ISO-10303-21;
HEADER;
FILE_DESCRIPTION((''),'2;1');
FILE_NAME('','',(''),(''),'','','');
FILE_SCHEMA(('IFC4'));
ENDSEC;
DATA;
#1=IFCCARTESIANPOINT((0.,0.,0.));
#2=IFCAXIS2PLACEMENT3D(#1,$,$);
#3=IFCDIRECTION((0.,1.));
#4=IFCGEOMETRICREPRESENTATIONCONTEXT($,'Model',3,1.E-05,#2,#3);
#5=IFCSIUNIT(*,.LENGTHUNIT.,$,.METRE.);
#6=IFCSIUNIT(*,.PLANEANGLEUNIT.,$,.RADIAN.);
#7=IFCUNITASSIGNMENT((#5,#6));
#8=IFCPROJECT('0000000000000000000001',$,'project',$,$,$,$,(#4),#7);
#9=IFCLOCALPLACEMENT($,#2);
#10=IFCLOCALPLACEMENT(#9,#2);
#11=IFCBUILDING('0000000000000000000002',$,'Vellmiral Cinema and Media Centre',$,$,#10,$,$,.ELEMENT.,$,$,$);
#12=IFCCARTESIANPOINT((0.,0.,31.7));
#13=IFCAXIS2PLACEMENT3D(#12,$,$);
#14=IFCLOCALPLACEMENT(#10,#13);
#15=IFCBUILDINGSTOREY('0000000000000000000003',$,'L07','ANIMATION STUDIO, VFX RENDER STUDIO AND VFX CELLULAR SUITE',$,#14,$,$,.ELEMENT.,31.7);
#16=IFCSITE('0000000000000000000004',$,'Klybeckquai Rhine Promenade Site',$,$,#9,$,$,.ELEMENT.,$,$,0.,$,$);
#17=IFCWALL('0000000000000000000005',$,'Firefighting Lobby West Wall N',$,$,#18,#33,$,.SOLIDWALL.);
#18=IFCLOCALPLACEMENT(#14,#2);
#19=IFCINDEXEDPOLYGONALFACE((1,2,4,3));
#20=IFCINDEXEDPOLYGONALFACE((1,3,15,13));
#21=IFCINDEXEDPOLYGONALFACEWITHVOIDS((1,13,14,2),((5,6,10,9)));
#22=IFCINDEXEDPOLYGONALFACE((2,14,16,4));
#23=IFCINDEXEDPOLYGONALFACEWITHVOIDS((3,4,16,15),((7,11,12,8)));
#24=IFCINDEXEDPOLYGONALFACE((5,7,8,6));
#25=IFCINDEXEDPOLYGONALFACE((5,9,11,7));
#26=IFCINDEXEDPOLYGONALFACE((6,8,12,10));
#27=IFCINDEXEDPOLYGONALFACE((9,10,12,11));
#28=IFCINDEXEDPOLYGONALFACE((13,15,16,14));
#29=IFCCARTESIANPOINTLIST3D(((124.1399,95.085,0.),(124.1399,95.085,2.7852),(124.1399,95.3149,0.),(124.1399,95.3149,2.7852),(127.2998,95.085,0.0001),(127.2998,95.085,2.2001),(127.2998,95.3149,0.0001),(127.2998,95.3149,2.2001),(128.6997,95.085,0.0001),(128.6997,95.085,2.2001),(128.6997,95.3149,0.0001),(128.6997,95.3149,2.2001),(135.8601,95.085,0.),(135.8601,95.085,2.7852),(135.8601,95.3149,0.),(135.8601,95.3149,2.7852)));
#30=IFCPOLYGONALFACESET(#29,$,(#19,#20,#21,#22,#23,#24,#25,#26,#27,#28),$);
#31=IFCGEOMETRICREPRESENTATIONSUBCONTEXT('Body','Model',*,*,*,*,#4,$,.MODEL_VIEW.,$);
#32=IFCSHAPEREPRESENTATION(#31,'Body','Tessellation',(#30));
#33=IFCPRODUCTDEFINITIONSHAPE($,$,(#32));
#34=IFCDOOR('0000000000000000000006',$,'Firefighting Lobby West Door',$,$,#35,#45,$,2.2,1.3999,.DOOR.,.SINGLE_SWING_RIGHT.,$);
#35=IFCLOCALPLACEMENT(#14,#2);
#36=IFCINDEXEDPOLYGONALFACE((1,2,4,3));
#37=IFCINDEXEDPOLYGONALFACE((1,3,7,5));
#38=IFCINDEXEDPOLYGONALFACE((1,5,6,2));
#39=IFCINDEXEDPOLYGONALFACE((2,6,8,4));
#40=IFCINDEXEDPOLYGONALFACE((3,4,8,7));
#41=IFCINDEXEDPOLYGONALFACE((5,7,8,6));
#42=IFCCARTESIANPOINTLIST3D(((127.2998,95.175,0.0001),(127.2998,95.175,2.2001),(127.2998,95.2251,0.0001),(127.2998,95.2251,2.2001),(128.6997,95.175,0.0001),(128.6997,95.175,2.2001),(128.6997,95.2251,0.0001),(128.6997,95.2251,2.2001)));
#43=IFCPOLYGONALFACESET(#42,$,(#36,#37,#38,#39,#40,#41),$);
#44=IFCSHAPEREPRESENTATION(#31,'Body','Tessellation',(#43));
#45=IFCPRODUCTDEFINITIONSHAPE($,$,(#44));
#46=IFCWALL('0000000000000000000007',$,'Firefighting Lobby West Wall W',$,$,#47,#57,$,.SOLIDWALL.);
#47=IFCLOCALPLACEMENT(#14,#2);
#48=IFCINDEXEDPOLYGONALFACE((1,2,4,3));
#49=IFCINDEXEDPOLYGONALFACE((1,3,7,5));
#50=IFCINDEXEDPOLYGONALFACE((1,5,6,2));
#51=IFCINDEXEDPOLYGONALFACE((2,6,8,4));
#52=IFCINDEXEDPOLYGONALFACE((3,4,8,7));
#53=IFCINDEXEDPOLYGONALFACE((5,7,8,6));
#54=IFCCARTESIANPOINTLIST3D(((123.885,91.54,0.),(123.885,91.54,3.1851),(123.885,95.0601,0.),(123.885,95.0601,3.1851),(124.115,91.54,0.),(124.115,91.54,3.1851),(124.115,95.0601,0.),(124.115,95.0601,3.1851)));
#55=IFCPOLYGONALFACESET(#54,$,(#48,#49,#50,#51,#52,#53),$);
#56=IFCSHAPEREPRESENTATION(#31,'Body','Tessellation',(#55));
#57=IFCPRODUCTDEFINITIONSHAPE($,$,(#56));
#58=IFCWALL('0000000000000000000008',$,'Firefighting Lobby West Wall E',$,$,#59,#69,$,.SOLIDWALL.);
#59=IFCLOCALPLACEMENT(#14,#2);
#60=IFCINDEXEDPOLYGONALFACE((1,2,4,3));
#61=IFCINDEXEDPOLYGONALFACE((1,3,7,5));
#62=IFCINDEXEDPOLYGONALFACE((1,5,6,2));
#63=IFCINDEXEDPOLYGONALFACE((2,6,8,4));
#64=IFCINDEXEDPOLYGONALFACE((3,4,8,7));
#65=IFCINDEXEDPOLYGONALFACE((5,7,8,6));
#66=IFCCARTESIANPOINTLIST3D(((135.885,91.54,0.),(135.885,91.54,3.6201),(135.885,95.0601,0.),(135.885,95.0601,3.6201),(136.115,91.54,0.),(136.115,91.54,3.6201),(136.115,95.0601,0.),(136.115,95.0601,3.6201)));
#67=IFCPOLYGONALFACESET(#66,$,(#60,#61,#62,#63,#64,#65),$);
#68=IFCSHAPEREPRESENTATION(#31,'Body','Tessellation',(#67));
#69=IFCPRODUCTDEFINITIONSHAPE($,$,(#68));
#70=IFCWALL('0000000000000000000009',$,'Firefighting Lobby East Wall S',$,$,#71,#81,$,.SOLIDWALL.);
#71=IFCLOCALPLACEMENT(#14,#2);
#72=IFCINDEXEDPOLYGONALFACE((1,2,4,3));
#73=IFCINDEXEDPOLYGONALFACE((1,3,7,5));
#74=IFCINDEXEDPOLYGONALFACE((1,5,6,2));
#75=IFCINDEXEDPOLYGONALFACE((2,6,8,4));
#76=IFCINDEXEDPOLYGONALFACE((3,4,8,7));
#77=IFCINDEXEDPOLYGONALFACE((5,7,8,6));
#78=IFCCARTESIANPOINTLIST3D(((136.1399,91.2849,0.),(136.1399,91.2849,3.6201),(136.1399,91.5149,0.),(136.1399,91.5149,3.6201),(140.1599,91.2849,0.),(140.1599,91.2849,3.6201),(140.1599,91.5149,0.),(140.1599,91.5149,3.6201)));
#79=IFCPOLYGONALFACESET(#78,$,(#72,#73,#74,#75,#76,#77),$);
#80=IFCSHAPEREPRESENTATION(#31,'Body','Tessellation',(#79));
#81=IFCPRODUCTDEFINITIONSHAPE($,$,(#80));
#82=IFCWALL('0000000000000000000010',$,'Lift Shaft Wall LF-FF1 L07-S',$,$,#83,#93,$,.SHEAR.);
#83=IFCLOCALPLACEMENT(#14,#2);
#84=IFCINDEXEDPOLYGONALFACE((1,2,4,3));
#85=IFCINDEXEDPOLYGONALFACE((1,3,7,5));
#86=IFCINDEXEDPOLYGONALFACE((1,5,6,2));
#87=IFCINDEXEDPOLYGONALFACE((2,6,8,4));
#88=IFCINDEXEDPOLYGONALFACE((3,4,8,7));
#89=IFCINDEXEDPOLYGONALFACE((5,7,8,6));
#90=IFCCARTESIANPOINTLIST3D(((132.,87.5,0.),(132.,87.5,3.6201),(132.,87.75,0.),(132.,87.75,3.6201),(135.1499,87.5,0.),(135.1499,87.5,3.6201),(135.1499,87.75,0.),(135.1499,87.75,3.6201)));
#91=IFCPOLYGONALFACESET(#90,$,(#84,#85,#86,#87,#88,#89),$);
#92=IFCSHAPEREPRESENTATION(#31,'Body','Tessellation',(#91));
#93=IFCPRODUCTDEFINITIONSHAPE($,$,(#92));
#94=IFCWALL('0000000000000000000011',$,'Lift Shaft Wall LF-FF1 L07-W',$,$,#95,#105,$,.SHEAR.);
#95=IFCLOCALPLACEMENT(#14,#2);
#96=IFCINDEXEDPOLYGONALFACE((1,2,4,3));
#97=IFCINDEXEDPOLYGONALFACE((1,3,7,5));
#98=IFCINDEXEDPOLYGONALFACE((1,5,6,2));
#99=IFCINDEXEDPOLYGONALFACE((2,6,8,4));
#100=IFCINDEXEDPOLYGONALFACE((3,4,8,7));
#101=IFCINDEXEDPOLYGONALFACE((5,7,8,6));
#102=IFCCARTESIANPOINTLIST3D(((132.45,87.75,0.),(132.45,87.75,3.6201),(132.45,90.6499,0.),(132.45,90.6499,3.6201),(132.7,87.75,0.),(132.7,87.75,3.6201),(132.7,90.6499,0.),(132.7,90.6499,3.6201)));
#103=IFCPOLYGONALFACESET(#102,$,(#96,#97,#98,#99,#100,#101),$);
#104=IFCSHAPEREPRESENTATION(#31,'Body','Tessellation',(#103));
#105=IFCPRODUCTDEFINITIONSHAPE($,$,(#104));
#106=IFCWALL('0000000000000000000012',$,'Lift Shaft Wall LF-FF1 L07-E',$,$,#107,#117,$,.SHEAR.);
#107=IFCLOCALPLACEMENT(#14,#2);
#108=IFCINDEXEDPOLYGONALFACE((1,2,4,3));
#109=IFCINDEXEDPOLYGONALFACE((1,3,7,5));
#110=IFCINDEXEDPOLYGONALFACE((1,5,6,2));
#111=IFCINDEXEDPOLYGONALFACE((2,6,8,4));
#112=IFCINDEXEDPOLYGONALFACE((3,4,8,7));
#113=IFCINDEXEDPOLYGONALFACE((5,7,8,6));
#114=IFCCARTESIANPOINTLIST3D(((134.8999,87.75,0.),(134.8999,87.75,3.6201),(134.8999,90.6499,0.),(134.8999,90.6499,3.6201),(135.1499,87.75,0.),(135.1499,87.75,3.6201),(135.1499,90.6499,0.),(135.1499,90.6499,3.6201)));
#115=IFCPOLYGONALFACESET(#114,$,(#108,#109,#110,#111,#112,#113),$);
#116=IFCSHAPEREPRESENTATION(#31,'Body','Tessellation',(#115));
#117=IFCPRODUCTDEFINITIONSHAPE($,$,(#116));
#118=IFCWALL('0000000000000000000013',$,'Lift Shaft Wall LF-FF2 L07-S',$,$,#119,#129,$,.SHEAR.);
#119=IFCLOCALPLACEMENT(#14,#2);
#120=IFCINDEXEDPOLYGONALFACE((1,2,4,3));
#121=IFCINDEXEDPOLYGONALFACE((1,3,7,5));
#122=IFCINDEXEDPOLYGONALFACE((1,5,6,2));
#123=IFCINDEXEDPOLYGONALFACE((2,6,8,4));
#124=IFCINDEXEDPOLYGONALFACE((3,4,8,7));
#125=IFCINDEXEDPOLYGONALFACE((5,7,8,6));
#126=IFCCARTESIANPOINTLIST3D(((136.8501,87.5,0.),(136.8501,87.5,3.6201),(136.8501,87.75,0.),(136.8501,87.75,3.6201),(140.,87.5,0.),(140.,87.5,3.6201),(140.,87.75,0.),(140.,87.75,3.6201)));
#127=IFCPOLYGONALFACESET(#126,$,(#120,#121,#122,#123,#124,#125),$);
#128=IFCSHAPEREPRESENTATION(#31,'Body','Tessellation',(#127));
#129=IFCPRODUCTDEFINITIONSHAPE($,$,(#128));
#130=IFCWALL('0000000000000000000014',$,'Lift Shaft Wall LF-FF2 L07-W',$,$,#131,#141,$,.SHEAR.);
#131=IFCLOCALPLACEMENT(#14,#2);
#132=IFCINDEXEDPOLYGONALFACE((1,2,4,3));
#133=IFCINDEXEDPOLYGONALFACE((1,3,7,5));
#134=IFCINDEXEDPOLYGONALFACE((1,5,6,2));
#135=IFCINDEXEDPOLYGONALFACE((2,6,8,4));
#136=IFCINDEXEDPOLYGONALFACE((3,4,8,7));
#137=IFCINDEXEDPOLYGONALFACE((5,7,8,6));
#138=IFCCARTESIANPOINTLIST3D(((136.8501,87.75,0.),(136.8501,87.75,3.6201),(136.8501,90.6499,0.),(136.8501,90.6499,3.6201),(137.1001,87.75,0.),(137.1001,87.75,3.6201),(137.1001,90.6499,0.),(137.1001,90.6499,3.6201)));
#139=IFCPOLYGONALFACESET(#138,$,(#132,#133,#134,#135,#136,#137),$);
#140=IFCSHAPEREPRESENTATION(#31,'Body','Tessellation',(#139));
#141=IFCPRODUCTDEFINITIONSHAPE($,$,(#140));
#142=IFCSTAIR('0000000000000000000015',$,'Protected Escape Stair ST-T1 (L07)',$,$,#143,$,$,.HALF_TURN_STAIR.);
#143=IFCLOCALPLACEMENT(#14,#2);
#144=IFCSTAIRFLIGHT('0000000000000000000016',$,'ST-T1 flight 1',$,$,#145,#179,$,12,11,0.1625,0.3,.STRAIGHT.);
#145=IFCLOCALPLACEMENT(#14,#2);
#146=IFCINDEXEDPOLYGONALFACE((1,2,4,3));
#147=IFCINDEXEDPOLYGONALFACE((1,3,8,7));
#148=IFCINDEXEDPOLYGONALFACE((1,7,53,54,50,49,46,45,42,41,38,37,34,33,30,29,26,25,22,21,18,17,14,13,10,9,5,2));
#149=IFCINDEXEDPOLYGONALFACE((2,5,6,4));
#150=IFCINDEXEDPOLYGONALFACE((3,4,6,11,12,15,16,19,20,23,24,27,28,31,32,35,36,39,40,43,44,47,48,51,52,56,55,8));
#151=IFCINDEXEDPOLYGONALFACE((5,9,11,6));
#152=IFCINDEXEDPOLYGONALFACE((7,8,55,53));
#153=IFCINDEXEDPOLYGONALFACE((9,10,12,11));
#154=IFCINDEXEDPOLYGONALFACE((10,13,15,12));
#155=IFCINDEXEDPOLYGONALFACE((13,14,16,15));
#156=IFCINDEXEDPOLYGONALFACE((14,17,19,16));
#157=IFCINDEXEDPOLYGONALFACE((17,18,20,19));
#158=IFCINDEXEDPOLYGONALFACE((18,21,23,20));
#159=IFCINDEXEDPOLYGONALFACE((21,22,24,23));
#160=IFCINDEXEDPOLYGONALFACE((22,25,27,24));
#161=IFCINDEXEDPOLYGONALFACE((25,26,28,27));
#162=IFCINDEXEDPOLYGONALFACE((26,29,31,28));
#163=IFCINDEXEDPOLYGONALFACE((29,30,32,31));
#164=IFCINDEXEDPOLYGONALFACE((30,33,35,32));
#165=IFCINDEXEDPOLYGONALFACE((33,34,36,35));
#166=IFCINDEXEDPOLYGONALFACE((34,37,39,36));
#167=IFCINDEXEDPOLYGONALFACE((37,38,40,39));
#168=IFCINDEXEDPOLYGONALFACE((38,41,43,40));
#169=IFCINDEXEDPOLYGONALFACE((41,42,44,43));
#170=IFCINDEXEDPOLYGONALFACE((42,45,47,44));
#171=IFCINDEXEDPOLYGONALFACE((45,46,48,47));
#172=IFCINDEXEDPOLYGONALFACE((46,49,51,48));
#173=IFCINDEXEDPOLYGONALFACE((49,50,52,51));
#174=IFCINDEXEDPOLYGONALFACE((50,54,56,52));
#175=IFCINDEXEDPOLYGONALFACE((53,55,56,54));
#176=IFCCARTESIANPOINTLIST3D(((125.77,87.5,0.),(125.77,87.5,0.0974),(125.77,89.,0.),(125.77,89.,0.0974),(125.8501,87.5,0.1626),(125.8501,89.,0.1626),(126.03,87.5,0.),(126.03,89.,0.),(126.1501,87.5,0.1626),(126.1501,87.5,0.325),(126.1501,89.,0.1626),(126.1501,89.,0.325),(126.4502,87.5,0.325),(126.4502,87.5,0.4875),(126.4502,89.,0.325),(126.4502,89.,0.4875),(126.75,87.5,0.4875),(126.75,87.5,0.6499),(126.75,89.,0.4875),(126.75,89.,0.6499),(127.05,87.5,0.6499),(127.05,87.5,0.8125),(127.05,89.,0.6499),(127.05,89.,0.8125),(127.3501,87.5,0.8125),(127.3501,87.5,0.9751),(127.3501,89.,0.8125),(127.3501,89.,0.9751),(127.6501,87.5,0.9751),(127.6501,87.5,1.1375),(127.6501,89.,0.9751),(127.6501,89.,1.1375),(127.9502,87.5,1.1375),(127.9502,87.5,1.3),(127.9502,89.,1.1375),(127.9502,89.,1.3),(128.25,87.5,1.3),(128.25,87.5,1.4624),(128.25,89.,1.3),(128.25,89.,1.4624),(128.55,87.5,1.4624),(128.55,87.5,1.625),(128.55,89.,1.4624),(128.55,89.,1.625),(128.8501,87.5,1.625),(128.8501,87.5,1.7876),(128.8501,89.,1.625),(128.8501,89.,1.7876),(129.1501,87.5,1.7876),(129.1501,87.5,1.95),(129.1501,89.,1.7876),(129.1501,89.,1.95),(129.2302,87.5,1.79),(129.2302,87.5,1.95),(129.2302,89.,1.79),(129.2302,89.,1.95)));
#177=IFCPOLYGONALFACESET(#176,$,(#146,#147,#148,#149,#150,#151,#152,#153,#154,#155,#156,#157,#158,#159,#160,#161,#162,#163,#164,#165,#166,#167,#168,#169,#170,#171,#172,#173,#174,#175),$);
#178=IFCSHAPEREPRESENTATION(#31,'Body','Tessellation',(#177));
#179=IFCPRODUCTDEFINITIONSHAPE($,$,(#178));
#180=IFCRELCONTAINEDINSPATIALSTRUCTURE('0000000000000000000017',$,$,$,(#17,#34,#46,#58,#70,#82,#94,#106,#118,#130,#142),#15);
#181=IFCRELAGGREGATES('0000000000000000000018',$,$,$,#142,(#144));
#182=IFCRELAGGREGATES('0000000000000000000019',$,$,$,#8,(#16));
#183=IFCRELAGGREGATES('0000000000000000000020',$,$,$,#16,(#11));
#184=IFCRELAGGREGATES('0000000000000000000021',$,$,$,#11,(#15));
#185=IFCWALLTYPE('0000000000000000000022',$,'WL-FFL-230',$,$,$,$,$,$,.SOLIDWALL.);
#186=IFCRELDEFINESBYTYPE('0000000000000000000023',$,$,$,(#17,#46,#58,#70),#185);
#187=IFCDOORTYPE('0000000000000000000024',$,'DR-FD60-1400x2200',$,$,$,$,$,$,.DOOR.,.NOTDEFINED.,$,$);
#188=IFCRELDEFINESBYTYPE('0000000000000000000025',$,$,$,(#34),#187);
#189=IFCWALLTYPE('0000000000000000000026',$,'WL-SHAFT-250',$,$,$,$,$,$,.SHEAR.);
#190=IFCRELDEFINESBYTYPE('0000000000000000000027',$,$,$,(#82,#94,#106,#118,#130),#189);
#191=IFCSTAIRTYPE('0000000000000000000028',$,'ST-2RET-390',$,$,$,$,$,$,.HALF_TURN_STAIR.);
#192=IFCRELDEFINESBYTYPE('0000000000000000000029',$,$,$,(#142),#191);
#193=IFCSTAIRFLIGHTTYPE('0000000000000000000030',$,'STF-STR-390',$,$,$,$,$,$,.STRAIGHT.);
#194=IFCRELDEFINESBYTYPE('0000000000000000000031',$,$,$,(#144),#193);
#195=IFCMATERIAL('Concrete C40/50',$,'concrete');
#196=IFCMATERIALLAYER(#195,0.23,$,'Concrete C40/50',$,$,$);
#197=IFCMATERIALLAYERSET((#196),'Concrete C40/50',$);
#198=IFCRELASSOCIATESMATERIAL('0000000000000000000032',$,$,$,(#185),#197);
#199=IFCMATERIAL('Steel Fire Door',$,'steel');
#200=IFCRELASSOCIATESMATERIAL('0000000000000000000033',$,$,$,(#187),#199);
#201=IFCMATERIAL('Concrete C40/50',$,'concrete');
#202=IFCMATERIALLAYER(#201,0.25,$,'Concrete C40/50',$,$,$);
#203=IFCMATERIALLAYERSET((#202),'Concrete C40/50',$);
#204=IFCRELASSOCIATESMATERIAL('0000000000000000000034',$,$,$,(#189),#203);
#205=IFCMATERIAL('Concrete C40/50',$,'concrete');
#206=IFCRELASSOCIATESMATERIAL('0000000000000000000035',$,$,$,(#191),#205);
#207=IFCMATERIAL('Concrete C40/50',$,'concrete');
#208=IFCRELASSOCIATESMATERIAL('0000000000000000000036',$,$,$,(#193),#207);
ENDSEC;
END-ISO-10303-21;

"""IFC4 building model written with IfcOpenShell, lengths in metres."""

from ifc_helpers import new_model, si_unit, direction, frame, frame_2d, origin, place, context, subcontext, project, spatial, polyline, rectangle, outline, extrude, material, layer, layer_set, type_object, element, fill, aggregate, save


model = new_model("IFC4")

# Units and contexts
model_context = context("Model", 3, precision=1e-05, world=origin(), true_north=direction((0.0, 1.0)))
body_context = subcontext(model_context, "Body", "Model", "MODEL_VIEW")
ifc_project = project(units=[si_unit("LENGTHUNIT", "METRE"), si_unit("PLANEANGLEUNIT", "RADIAN")], contexts=[model_context])

# Site, building, storey
site_placement = place(None, origin())
site = spatial("IfcSite", under=ifc_project, at=site_placement, Name="Klybeckquai Rhine Promenade Site", CompositionType="ELEMENT", RefElevation=0.0)
building_placement = place(site_placement, origin())
building = spatial("IfcBuilding", under=site, at=building_placement, Name="Vellmiral Cinema and Media Centre", CompositionType="ELEMENT")
storey_placement = place(building_placement, frame((0.0, 0.0, 31.7)))
storey = spatial("IfcBuildingStorey", under=building, at=storey_placement, Name="L07", Description="ANIMATION STUDIO, VFX RENDER STUDIO AND VFX CELLULAR SUITE", CompositionType="ELEMENT", Elevation=31.7)

# Shared definitions
ifc_material_1 = material(Name="Concrete C40/50", Category="concrete")
ifc_layer_1 = layer(ifc_material_1, 0.23, Name="Concrete C40/50")
ifc_layer_set_1 = layer_set([ifc_layer_1], Name="Concrete C40/50")
wall_type_1 = type_object("IfcWallType", Name="WL-FFL-230", PredefinedType="SOLIDWALL", material=ifc_layer_set_1)

# Wall, opening, door
wall_1_placement = place(storey_placement, frame((124.1399, 95.2, 0.0), z_axis=(0.0, 0.0, 1.0), x_axis=(1.0, 0.0, 0.0)))
wall_1 = element("IfcWall", 1, at=wall_1_placement, inside=storey, type_object=wall_type_1, Name="Firefighting Lobby West Wall N", PredefinedType="SOLIDWALL", context=body_context, shape_type="SweptSolid", body=[
    extrude(rectangle(XDim=11.7202, YDim=0.23, at=frame_2d((5.8601, 0.0))), origin(), (0.0, 0.0, 1.0), 2.7852),
])
opening_1_placement = place(wall_1_placement, frame((3.1599, 0.0, 0.0)))
opening_1 = element("IfcOpeningElement", 2, at=opening_1_placement, cuts=wall_1, PredefinedType="OPENING", context=body_context, shape_type="SweptSolid", body=[
    extrude(rectangle(XDim=1.3999, YDim=2.2, at=frame_2d((0.7, 1.1001))), frame((0.0, 0.127, 0.0), z_axis=(0.0, -1.0, 0.0), x_axis=(1.0, 0.0, 0.0)), (0.0, 0.0, 1.0), 0.2539),
])
ifc_material_2 = material(Name="Steel Fire Door", Category="steel")
door_type_1 = type_object("IfcDoorType", Name="DR-FD60-1400x2200", OperationType="NOTDEFINED", PredefinedType="DOOR", material=ifc_material_2)
door_1_placement = place(opening_1_placement, frame((1.3999, 0.0, 0.0), z_axis=(0.0, 0.0, 1.0), x_axis=(-1.0, 0.0, 0.0)))
door_1 = element("IfcDoor", 3, at=door_1_placement, inside=storey, type_object=door_type_1, Name="Firefighting Lobby West Door", OperationType="SINGLE_SWING_RIGHT", OverallHeight=2.2, OverallWidth=1.3999, PredefinedType="DOOR", context=body_context, shape_type="SweptSolid", body=[
    extrude(rectangle(XDim=1.3999, YDim=2.2, at=frame_2d((0.7, 1.1001))), frame((0.0, 0.0249, 0.0), z_axis=(0.0, -1.0, 0.0), x_axis=(1.0, 0.0, 0.0)), (0.0, 0.0, 1.0), 0.05),
])
fill(opening_1, door_1)

# Walls
wall_2_placement = place(storey_placement, frame((124.0, 91.54, 0.0), z_axis=(0.0, 0.0, 1.0), x_axis=(0.0, 1.0, 0.0)))
element("IfcWall", 4, at=wall_2_placement, inside=storey, type_object=wall_type_1, Name="Firefighting Lobby West Wall W", PredefinedType="SOLIDWALL", context=body_context, shape_type="SweptSolid", body=[
    extrude(rectangle(XDim=3.52, YDim=0.23, at=frame_2d((1.76, 0.0))), origin(), (0.0, 0.0, 1.0), 3.1851),
])
wall_3_placement = place(storey_placement, frame((136.0, 91.54, 0.0), z_axis=(0.0, 0.0, 1.0), x_axis=(0.0, 1.0, 0.0)))
element("IfcWall", 5, at=wall_3_placement, inside=storey, type_object=wall_type_1, Name="Firefighting Lobby West Wall E", PredefinedType="SOLIDWALL", context=body_context, shape_type="SweptSolid", body=[
    extrude(rectangle(XDim=3.52, YDim=0.23, at=frame_2d((1.76, 0.0))), origin(), (0.0, 0.0, 1.0), 3.6201),
])
wall_4_placement = place(storey_placement, frame((136.1399, 91.3999, 0.0), z_axis=(0.0, 0.0, 1.0), x_axis=(1.0, 0.0, 0.0)))
element("IfcWall", 6, at=wall_4_placement, inside=storey, type_object=wall_type_1, Name="Firefighting Lobby East Wall S", PredefinedType="SOLIDWALL", context=body_context, shape_type="SweptSolid", body=[
    extrude(rectangle(XDim=4.02, YDim=0.23, at=frame_2d((2.01, 0.0))), origin(), (0.0, 0.0, 1.0), 3.6201),
])
ifc_material_3 = material(Name="Concrete C40/50", Category="concrete")
ifc_layer_2 = layer(ifc_material_3, 0.25, Name="Concrete C40/50")
ifc_layer_set_2 = layer_set([ifc_layer_2], Name="Concrete C40/50")
wall_type_2 = type_object("IfcWallType", Name="WL-SHAFT-250", PredefinedType="SHEAR", material=ifc_layer_set_2)
wall_5_placement = place(storey_placement, frame((132.0, 87.625, 0.0), z_axis=(0.0, 0.0, 1.0), x_axis=(1.0, 0.0, 0.0)))
element("IfcWall", 7, at=wall_5_placement, inside=storey, type_object=wall_type_2, Name="Lift Shaft Wall LF-FF1 L07-S", PredefinedType="SHEAR", context=body_context, shape_type="SweptSolid", body=[
    extrude(rectangle(XDim=3.1499, YDim=0.25, at=frame_2d((1.575, 0.0))), origin(), (0.0, 0.0, 1.0), 3.6201),
])

# Walls
for number, where, z_axis, x_axis, name in (
    (8, (132.575, 87.75, 0.0), (0.0, 0.0, 1.0), (0.0, 1.0, 0.0), "Lift Shaft Wall LF-FF1 L07-W"),
    (9, (135.0249, 87.75, 0.0), (0.0, 0.0, 1.0), (0.0, 1.0, 0.0), "Lift Shaft Wall LF-FF1 L07-E"),
):
    element("IfcWall", number, at=place(storey_placement, frame(where, z_axis=z_axis, x_axis=x_axis)), inside=storey, type_object=wall_type_2, Name=name, PredefinedType="SHEAR", context=body_context, shape_type="SweptSolid", body=[
        extrude(rectangle(XDim=2.8999, YDim=0.25, at=frame_2d((1.45, 0.0))), origin(), (0.0, 0.0, 1.0), 3.6201),
    ])
wall_6_placement = place(storey_placement, frame((136.8501, 87.625, 0.0), z_axis=(0.0, 0.0, 1.0), x_axis=(1.0, 0.0, 0.0)))
element("IfcWall", 10, at=wall_6_placement, inside=storey, type_object=wall_type_2, Name="Lift Shaft Wall LF-FF2 L07-S", PredefinedType="SHEAR", context=body_context, shape_type="SweptSolid", body=[
    extrude(rectangle(XDim=3.1499, YDim=0.25, at=frame_2d((1.575, 0.0))), origin(), (0.0, 0.0, 1.0), 3.6201),
])

# Wall
wall_7_placement = place(storey_placement, frame((136.9751, 87.75, 0.0), z_axis=(0.0, 0.0, 1.0), x_axis=(0.0, 1.0, 0.0)))
element("IfcWall", 11, at=wall_7_placement, inside=storey, type_object=wall_type_2, Name="Lift Shaft Wall LF-FF2 L07-W", PredefinedType="SHEAR", context=body_context, shape_type="SweptSolid", body=[
    extrude(rectangle(XDim=2.8999, YDim=0.25, at=frame_2d((1.45, 0.0))), origin(), (0.0, 0.0, 1.0), 3.6201),
])

# Stair, stair flight
ifc_material_4 = material(Name="Concrete C40/50", Category="concrete")
stair_type = type_object("IfcStairType", Name="ST-2RET-390", PredefinedType="HALF_TURN_STAIR", material=ifc_material_4)
stair_placement = place(storey_placement, origin())
stair = element("IfcStair", 12, at=stair_placement, inside=storey, type_object=stair_type, Name="Protected Escape Stair ST-T1 (L07)", PredefinedType="HALF_TURN_STAIR")
ifc_material_5 = material(Name="Concrete C40/50", Category="concrete")
stair_flight_type = type_object("IfcStairFlightType", Name="STF-STR-390", PredefinedType="STRAIGHT", material=ifc_material_5)
stair_flight_1_placement = place(storey_placement, frame((125.8501, 88.25, 0.0), z_axis=(0.0, 0.0, 1.0), x_axis=(1.0, 0.0, 0.0)))
stair_flight_1 = element("IfcStairFlight", 13, at=stair_flight_1_placement, type_object=stair_flight_type, Name="ST-T1 flight 1", NumberOfRisers=12, NumberOfTreads=11, PredefinedType="STRAIGHT", RiserHeight=0.1625, TreadLength=0.3, context=body_context, shape_type="SweptSolid", body=[
    extrude(outline(polyline([(-0.0801, 0.0), (-0.0801, 0.0974), (0.0, 0.1626), (0.3, 0.1626), (0.3, 0.325), (0.6001, 0.325), (0.6001, 0.4875), (0.8999, 0.4875), (0.8999, 0.6499), (1.2, 0.6499), (1.2, 0.8125), (1.5, 0.8125), (1.5, 0.9751), (1.8, 0.9751), (1.8, 1.1375), (2.1001, 1.1375), (2.1001, 1.3), (2.3999, 1.3), (2.3999, 1.4624), (2.7, 1.4624), (2.7, 1.625), (3.0, 1.625), (3.0, 1.7876), (3.3, 1.7876), (3.3, 1.95), (3.3801, 1.95), (3.3801, 1.79), (0.1799, 0.0), (-0.0801, 0.0)])), frame((0.0, 0.75, 0.0), z_axis=(0.0, -1.0, 0.0), x_axis=(1.0, 0.0, 0.0)), (0.0, 0.0, 1.0), 1.5),
])
aggregate(stair, [stair_flight_1])

save(model, "model.ifc")
